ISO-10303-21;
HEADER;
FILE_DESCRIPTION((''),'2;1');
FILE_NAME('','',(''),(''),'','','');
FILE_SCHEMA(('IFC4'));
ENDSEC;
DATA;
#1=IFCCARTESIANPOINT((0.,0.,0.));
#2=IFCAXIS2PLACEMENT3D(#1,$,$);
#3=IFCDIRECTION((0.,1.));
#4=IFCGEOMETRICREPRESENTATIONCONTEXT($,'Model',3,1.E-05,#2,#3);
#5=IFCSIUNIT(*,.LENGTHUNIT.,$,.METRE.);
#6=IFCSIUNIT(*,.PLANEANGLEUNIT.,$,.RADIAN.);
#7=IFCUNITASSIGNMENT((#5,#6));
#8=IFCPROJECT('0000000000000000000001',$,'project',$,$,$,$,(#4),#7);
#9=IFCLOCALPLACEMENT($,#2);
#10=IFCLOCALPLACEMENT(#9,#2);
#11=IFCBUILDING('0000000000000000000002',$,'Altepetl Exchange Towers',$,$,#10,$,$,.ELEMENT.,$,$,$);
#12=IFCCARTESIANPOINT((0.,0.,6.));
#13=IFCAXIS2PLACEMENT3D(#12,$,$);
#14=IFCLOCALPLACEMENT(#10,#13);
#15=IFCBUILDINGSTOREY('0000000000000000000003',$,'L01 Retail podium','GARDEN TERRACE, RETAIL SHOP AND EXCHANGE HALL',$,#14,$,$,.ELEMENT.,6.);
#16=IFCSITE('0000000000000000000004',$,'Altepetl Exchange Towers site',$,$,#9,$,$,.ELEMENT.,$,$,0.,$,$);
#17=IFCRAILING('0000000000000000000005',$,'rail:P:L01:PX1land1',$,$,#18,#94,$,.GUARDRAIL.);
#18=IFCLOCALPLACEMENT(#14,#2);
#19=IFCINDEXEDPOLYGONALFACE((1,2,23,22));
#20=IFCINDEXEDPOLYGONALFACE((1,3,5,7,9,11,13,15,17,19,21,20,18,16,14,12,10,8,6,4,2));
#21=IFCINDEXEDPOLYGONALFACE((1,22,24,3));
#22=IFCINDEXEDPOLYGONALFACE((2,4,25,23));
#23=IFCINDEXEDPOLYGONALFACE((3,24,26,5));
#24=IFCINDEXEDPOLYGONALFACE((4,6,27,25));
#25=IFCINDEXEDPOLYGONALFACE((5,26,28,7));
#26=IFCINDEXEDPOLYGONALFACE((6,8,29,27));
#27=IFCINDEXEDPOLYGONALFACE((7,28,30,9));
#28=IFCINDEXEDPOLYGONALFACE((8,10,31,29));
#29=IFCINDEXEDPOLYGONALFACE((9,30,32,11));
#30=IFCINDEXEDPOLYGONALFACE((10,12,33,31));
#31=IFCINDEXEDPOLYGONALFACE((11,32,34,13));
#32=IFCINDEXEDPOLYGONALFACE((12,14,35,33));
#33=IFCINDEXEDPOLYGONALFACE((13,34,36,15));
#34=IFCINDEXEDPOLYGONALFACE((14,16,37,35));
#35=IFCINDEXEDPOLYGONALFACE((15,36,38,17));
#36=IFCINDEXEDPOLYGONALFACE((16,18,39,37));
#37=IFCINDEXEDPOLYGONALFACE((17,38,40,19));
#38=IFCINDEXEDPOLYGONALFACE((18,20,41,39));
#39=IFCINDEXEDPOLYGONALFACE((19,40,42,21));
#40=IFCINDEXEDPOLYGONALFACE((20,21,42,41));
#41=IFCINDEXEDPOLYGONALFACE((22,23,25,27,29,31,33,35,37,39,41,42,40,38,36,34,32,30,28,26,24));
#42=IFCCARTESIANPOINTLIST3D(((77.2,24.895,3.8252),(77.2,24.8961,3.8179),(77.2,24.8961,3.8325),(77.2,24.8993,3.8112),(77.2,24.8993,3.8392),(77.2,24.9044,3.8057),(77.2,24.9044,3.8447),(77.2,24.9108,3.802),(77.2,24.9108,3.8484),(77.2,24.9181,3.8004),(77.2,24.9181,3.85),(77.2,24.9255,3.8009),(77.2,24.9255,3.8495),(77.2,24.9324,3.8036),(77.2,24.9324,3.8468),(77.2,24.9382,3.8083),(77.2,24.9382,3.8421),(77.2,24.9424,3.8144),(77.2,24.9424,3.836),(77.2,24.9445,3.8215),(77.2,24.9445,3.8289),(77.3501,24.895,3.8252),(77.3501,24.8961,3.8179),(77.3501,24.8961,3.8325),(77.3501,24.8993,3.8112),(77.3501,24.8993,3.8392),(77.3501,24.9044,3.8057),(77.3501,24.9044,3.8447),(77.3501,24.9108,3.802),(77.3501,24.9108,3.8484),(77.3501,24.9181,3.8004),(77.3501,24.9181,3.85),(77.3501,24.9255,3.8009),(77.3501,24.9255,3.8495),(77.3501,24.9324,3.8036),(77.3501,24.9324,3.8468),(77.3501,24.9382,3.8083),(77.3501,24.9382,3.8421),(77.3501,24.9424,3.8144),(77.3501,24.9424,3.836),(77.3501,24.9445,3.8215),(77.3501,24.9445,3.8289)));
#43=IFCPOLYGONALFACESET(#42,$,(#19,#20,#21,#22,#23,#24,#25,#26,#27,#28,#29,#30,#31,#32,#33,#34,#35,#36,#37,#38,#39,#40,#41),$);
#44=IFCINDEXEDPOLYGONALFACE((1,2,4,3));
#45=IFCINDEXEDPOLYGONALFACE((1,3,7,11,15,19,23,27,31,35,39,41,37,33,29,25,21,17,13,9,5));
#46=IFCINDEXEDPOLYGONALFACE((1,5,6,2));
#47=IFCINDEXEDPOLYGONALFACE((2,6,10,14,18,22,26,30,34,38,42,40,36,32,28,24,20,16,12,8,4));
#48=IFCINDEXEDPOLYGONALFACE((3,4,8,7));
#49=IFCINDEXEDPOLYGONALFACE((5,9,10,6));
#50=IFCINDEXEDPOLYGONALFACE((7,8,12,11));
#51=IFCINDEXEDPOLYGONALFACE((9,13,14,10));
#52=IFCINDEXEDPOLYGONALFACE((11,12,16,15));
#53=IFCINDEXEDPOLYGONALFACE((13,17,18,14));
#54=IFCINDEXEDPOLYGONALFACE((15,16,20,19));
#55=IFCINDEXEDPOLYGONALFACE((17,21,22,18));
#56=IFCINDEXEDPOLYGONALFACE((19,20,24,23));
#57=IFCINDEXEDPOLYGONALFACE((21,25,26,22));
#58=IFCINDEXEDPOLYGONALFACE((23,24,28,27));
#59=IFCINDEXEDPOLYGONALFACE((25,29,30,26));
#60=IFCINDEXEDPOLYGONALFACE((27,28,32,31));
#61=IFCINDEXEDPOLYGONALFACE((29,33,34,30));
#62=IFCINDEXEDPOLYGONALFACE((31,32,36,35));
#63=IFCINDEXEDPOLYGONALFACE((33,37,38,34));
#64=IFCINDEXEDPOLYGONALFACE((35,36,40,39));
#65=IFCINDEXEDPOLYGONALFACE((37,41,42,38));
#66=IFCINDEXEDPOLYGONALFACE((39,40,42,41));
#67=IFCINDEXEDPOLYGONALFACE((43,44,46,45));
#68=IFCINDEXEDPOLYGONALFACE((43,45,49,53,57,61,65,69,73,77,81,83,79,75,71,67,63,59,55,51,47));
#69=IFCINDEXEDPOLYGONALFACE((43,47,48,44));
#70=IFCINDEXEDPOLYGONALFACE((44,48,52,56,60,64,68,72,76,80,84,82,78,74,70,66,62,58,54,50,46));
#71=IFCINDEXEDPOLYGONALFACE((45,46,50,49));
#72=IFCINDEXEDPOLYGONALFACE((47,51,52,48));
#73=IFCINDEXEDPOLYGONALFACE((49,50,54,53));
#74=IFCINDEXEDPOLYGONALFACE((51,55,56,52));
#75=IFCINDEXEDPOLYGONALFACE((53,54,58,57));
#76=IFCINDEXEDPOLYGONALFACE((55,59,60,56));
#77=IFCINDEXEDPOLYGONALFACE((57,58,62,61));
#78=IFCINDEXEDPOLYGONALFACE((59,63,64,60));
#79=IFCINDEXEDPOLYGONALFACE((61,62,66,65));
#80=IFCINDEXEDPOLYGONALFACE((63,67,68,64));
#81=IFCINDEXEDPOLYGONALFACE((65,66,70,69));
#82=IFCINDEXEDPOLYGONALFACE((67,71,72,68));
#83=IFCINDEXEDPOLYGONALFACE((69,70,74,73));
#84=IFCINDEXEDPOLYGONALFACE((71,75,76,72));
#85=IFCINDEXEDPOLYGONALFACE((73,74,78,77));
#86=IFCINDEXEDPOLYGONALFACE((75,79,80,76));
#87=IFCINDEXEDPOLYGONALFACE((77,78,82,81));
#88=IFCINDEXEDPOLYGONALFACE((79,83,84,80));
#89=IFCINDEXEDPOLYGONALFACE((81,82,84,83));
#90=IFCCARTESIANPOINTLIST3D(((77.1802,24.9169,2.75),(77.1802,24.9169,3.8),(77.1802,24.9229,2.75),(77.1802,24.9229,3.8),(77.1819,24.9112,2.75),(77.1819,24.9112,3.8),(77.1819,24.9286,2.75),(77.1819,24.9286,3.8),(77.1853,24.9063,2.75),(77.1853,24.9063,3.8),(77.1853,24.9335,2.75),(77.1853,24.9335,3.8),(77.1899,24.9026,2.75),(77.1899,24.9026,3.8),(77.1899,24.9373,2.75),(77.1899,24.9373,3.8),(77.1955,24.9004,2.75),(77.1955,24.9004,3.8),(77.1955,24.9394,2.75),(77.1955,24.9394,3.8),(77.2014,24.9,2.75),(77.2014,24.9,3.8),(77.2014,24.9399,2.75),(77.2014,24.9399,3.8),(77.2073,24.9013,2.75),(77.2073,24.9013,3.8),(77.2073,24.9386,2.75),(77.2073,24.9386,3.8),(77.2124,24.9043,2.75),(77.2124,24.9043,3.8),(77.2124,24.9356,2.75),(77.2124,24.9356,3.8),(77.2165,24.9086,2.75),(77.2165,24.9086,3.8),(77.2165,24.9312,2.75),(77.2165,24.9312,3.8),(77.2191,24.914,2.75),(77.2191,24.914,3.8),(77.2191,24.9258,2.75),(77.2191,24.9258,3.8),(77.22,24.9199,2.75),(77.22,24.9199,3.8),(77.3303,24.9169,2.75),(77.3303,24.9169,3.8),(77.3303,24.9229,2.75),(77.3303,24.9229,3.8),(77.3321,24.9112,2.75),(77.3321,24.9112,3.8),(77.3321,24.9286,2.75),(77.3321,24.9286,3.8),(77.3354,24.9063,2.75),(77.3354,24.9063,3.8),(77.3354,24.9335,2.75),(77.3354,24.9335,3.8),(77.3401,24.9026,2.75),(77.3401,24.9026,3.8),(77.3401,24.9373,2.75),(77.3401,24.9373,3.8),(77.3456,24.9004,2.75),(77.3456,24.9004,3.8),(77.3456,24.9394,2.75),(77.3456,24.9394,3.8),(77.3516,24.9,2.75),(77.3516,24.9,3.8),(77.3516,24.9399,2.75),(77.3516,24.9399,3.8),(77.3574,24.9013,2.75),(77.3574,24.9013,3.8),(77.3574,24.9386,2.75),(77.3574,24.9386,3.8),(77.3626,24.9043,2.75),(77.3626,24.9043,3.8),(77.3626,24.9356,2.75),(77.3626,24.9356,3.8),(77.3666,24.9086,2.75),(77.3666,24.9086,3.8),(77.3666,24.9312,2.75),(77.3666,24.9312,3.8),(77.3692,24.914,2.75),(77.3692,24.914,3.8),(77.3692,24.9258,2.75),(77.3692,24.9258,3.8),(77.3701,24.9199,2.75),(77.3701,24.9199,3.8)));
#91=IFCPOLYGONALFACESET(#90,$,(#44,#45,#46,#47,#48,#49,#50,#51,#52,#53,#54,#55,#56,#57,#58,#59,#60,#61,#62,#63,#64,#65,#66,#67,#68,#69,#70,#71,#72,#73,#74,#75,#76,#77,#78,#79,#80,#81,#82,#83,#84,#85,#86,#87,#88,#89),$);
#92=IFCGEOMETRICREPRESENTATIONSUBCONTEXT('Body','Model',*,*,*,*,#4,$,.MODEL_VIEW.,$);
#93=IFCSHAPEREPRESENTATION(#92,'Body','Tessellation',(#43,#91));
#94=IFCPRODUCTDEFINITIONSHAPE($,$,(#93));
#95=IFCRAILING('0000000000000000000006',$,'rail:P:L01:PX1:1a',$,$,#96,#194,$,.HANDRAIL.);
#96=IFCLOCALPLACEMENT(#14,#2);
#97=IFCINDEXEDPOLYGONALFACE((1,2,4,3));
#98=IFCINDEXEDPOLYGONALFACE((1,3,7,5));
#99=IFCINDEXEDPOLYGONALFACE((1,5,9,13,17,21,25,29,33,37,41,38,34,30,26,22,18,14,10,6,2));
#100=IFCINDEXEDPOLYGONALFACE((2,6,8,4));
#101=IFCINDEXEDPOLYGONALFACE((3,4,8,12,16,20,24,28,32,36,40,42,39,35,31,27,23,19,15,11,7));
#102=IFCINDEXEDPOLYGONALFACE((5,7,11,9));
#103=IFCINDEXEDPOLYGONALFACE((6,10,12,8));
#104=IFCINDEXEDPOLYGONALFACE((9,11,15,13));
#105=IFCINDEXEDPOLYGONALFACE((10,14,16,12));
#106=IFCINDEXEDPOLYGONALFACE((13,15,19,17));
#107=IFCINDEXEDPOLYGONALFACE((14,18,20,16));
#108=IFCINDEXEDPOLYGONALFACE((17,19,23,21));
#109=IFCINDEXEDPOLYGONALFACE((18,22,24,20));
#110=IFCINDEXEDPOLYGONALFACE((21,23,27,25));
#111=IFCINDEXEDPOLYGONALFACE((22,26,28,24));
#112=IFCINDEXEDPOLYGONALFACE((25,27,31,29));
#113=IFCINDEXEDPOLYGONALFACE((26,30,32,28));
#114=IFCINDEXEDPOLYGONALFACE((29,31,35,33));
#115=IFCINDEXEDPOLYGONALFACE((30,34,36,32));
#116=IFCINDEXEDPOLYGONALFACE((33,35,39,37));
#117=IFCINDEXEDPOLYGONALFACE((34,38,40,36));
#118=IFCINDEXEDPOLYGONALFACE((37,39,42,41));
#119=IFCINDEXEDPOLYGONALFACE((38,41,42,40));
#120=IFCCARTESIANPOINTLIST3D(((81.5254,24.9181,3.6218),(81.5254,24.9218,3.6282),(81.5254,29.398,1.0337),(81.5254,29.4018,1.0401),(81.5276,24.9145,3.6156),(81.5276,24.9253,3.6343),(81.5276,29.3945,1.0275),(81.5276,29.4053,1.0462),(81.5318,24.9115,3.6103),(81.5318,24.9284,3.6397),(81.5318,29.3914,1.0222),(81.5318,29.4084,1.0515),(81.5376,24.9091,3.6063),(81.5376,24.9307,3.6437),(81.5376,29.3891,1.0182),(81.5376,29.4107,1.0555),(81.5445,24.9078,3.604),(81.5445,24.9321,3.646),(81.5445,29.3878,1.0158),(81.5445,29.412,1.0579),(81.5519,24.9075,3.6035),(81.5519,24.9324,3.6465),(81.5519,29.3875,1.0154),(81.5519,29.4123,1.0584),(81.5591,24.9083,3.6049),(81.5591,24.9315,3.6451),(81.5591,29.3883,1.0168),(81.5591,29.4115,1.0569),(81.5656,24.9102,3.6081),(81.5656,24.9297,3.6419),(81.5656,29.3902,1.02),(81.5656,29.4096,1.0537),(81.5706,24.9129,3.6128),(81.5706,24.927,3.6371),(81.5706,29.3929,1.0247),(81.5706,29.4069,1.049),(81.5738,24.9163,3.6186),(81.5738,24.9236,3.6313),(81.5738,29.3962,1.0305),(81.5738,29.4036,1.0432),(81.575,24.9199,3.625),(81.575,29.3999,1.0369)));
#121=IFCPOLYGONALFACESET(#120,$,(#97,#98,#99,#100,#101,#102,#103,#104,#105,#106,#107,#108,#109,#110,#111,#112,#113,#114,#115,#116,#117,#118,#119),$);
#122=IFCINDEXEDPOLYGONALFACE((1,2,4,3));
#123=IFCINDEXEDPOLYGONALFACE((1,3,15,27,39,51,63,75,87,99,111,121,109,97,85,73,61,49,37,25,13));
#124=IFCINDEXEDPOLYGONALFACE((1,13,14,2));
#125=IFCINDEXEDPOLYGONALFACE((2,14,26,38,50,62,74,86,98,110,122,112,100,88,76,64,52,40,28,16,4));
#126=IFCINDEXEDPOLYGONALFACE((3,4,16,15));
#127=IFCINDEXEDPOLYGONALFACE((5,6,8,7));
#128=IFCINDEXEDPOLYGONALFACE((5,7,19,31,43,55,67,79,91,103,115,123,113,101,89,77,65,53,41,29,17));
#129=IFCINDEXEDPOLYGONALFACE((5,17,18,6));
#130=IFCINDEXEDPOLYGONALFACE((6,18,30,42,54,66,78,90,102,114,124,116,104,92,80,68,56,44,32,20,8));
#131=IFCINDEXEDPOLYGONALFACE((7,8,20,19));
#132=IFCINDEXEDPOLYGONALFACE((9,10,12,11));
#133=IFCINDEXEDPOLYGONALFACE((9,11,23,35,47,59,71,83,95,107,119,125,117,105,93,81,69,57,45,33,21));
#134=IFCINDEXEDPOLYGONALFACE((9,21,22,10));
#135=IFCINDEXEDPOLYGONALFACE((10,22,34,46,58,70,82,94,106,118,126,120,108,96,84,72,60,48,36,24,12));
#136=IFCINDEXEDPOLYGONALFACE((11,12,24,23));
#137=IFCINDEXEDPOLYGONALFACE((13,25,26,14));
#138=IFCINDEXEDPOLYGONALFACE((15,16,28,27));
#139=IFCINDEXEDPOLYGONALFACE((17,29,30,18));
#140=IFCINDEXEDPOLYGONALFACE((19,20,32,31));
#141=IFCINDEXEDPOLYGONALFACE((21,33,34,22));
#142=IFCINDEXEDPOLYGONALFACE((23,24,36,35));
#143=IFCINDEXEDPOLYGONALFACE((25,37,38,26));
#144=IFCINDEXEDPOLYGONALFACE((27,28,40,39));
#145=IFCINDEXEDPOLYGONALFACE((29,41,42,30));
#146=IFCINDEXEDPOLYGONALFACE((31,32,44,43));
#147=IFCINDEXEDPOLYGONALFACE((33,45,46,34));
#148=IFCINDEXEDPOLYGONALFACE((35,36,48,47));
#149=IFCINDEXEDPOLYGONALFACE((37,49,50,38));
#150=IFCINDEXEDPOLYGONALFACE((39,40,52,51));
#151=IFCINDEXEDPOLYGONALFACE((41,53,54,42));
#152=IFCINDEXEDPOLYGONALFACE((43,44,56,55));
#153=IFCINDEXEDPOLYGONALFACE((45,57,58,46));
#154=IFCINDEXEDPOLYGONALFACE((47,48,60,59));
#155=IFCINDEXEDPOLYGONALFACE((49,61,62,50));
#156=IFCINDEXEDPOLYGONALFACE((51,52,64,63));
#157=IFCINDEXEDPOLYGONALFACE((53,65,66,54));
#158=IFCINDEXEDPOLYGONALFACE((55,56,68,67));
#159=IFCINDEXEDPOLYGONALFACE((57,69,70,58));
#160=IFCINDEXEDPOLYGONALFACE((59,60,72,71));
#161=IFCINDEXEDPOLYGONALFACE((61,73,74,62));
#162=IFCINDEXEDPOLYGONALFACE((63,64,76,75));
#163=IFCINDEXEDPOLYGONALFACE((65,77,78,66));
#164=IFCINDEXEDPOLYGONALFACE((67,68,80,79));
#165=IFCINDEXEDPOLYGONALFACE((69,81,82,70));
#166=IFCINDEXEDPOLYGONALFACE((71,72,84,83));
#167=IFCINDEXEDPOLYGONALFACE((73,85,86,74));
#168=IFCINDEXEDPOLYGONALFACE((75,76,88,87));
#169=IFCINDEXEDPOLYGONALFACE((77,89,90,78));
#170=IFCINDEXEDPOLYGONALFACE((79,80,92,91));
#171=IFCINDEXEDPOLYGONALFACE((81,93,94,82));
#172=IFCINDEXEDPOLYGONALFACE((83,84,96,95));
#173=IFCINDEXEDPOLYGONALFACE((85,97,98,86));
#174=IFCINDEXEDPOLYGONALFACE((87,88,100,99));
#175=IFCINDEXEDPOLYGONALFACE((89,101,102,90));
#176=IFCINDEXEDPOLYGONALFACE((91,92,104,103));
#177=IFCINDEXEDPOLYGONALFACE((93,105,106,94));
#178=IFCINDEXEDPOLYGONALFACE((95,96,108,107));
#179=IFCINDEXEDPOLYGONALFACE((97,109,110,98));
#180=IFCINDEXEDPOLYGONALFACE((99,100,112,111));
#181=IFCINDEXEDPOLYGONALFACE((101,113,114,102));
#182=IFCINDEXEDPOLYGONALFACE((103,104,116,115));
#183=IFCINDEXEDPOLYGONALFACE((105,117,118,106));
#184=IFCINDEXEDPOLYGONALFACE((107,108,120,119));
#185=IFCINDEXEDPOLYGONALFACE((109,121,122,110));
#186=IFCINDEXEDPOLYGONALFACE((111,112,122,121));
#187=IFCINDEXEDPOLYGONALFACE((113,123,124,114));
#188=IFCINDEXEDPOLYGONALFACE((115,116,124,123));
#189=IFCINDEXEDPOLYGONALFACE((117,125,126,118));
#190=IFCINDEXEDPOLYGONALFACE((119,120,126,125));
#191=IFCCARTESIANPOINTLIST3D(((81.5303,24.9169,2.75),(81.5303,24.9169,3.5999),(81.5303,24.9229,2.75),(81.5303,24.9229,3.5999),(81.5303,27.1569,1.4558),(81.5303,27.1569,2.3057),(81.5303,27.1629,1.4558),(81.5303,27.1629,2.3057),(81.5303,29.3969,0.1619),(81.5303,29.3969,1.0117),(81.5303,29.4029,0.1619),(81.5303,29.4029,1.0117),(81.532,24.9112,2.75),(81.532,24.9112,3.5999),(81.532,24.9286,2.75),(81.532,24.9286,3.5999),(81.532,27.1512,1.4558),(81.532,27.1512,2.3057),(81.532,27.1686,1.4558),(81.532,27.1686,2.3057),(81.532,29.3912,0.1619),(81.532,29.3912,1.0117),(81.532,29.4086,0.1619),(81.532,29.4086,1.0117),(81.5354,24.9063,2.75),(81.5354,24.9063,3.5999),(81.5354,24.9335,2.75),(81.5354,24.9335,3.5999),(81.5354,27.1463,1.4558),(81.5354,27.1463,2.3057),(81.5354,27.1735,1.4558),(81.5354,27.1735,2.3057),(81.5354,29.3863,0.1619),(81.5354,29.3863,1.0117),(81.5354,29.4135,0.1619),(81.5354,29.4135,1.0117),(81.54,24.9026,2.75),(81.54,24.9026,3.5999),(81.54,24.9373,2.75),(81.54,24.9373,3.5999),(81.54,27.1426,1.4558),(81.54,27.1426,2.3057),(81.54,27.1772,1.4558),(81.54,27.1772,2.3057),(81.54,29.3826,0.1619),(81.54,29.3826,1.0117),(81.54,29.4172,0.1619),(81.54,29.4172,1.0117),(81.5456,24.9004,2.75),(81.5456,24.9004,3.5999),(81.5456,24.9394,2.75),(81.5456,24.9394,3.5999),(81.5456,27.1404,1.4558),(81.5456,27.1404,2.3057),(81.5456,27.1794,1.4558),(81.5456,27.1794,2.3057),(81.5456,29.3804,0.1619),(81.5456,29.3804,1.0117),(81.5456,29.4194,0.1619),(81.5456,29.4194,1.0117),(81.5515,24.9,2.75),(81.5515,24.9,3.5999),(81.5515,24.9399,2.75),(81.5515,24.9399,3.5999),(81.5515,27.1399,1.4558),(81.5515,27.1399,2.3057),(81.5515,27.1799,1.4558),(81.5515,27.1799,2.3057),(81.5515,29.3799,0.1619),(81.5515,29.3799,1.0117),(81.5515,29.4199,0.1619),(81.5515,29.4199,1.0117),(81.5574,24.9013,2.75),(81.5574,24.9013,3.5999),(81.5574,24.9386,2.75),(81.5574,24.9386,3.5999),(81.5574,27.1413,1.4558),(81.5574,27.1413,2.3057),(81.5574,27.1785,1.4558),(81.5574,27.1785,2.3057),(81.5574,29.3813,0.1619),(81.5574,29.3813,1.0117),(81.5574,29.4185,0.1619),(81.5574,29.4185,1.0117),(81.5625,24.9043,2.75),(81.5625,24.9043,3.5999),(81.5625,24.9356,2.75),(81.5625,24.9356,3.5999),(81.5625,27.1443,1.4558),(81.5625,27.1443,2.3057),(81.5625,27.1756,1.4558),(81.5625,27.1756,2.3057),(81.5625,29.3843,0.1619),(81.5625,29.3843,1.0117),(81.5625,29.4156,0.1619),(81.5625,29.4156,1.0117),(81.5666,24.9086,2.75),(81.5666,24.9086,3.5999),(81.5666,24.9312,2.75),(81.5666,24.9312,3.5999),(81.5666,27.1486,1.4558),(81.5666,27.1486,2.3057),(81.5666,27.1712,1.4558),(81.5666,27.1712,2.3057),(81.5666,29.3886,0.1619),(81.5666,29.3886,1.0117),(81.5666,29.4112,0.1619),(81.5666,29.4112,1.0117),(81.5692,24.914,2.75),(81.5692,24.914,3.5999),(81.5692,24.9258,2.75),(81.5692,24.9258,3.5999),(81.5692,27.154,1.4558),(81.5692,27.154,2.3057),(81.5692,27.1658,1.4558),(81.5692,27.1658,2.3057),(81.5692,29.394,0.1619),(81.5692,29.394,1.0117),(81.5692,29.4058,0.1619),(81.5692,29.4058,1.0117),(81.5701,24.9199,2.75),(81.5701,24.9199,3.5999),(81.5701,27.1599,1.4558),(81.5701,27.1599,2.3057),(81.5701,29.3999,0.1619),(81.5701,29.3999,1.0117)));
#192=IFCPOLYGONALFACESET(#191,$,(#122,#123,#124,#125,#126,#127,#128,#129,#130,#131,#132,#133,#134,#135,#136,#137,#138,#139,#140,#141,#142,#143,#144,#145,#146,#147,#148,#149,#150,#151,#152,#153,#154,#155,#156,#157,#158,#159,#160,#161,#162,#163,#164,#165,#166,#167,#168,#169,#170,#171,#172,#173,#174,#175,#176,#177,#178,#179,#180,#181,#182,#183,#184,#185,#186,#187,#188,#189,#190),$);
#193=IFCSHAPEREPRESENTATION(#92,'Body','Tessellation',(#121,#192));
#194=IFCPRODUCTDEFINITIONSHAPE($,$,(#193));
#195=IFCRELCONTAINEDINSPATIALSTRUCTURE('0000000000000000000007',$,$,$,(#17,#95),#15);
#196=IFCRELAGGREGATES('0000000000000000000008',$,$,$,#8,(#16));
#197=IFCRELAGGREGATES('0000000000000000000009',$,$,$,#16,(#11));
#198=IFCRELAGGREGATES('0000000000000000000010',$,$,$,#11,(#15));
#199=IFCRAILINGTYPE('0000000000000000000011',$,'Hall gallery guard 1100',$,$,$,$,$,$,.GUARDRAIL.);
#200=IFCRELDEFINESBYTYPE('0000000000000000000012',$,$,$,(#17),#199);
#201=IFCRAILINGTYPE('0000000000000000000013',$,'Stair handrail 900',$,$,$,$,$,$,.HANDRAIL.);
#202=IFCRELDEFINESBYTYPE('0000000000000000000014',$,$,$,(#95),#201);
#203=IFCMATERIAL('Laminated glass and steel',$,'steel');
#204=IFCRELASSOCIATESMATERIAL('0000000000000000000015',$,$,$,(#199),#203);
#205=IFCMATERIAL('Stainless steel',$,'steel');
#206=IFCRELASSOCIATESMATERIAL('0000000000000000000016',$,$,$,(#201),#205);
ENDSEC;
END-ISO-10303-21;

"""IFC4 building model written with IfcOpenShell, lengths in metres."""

from ifc_helpers import new_model, si_unit, direction, frame, origin, origin_2d, place, context, subcontext, project, spatial, circle, extrude, source, transform, mapped, material, type_object, element, save


model = new_model("IFC4")

# Units and contexts
model_context = context("Model", 3, precision=1e-05, world=origin(), true_north=direction((0.0, 1.0)))
body_context = subcontext(model_context, "Body", "Model", "MODEL_VIEW")
ifc_project = project(units=[si_unit("LENGTHUNIT", "METRE"), si_unit("PLANEANGLEUNIT", "RADIAN")], contexts=[model_context])

# Site, building, storey
site_placement = place(None, origin())
site = spatial("IfcSite", under=ifc_project, at=site_placement, Name="Altepetl Exchange Towers site", CompositionType="ELEMENT", RefElevation=0.0)
building_placement = place(site_placement, origin())
building = spatial("IfcBuilding", under=site, at=building_placement, Name="Altepetl Exchange Towers", CompositionType="ELEMENT")
storey_placement = place(building_placement, frame((0.0, 0.0, 6.0)))
storey = spatial("IfcBuildingStorey", under=building, at=storey_placement, Name="L01 Retail podium", Description="GARDEN TERRACE, RETAIL SHOP AND EXCHANGE HALL", CompositionType="ELEMENT", Elevation=6.0)

# Railings
ifc_material_1 = material(Name="Laminated glass and steel", Category="steel")
railing_type_1 = type_object("IfcRailingType", Name="Hall gallery guard 1100", PredefinedType="GUARDRAIL", material=ifc_material_1)
shared_shape_1 = source(origin(), body_context, "Body", "SweptSolid", [
    extrude(circle(Radius=0.02, at=origin_2d()), origin(), (0.0, 0.0, 1.0), 1.05),
])
railing_1_placement = place(storey_placement, frame((77.3501, 24.9199, 2.75)))
element("IfcRailing", 1, at=railing_1_placement, inside=storey, type_object=railing_type_1, Name="rail:P:L01:PX1land1", PredefinedType="GUARDRAIL", context=body_context, shape_type="SweptSolid", body=[
    extrude(circle(Radius=0.0249, at=origin_2d()), frame((0.0, 0.0, 1.0752), z_axis=(-1.0, 0.0, 0.0), x_axis=(0.0, -1.0, 0.0)), (0.0, 0.0, 1.0), 0.1501),
    mapped(shared_shape_1, transform((0.0, 0.0, 0.0))),
    mapped(shared_shape_1, transform((-0.1501, 0.0, 0.0))),
])
ifc_material_2 = material(Name="Stainless steel", Category="steel")
railing_type_2 = type_object("IfcRailingType", Name="Stair handrail 900", PredefinedType="HANDRAIL", material=ifc_material_2)
shared_shape_2 = source(origin(), body_context, "Body", "SweptSolid", [
    extrude(circle(Radius=0.02, at=origin_2d()), origin(), (0.0, 0.0, 1.0), 0.8499),
])
for number, where, name in (
    (2, (81.55, 29.3999, 0.1619), "rail:P:L01:PX1:1a"),
):
    element("IfcRailing", number, at=place(storey_placement, frame(where)), inside=storey, type_object=railing_type_2, Name=name, PredefinedType="HANDRAIL", context=body_context, shape_type="SweptSolid", body=[
        extrude(circle(Radius=0.0249, at=origin_2d()), frame((0.0, 0.0, 0.875), z_axis=(0.0, -0.86589, 0.500234), x_axis=(1.0, 0.0, 0.0)), (0.0, 0.0, 1.0), 5.1738),
        mapped(shared_shape_2, transform((0.0, 0.0, 0.0))),
        mapped(shared_shape_2, transform((0.0, -2.24, 1.2939))),
        mapped(shared_shape_2, transform((0.0, -4.48, 2.5881))),
    ])

save(model, "model.ifc")
